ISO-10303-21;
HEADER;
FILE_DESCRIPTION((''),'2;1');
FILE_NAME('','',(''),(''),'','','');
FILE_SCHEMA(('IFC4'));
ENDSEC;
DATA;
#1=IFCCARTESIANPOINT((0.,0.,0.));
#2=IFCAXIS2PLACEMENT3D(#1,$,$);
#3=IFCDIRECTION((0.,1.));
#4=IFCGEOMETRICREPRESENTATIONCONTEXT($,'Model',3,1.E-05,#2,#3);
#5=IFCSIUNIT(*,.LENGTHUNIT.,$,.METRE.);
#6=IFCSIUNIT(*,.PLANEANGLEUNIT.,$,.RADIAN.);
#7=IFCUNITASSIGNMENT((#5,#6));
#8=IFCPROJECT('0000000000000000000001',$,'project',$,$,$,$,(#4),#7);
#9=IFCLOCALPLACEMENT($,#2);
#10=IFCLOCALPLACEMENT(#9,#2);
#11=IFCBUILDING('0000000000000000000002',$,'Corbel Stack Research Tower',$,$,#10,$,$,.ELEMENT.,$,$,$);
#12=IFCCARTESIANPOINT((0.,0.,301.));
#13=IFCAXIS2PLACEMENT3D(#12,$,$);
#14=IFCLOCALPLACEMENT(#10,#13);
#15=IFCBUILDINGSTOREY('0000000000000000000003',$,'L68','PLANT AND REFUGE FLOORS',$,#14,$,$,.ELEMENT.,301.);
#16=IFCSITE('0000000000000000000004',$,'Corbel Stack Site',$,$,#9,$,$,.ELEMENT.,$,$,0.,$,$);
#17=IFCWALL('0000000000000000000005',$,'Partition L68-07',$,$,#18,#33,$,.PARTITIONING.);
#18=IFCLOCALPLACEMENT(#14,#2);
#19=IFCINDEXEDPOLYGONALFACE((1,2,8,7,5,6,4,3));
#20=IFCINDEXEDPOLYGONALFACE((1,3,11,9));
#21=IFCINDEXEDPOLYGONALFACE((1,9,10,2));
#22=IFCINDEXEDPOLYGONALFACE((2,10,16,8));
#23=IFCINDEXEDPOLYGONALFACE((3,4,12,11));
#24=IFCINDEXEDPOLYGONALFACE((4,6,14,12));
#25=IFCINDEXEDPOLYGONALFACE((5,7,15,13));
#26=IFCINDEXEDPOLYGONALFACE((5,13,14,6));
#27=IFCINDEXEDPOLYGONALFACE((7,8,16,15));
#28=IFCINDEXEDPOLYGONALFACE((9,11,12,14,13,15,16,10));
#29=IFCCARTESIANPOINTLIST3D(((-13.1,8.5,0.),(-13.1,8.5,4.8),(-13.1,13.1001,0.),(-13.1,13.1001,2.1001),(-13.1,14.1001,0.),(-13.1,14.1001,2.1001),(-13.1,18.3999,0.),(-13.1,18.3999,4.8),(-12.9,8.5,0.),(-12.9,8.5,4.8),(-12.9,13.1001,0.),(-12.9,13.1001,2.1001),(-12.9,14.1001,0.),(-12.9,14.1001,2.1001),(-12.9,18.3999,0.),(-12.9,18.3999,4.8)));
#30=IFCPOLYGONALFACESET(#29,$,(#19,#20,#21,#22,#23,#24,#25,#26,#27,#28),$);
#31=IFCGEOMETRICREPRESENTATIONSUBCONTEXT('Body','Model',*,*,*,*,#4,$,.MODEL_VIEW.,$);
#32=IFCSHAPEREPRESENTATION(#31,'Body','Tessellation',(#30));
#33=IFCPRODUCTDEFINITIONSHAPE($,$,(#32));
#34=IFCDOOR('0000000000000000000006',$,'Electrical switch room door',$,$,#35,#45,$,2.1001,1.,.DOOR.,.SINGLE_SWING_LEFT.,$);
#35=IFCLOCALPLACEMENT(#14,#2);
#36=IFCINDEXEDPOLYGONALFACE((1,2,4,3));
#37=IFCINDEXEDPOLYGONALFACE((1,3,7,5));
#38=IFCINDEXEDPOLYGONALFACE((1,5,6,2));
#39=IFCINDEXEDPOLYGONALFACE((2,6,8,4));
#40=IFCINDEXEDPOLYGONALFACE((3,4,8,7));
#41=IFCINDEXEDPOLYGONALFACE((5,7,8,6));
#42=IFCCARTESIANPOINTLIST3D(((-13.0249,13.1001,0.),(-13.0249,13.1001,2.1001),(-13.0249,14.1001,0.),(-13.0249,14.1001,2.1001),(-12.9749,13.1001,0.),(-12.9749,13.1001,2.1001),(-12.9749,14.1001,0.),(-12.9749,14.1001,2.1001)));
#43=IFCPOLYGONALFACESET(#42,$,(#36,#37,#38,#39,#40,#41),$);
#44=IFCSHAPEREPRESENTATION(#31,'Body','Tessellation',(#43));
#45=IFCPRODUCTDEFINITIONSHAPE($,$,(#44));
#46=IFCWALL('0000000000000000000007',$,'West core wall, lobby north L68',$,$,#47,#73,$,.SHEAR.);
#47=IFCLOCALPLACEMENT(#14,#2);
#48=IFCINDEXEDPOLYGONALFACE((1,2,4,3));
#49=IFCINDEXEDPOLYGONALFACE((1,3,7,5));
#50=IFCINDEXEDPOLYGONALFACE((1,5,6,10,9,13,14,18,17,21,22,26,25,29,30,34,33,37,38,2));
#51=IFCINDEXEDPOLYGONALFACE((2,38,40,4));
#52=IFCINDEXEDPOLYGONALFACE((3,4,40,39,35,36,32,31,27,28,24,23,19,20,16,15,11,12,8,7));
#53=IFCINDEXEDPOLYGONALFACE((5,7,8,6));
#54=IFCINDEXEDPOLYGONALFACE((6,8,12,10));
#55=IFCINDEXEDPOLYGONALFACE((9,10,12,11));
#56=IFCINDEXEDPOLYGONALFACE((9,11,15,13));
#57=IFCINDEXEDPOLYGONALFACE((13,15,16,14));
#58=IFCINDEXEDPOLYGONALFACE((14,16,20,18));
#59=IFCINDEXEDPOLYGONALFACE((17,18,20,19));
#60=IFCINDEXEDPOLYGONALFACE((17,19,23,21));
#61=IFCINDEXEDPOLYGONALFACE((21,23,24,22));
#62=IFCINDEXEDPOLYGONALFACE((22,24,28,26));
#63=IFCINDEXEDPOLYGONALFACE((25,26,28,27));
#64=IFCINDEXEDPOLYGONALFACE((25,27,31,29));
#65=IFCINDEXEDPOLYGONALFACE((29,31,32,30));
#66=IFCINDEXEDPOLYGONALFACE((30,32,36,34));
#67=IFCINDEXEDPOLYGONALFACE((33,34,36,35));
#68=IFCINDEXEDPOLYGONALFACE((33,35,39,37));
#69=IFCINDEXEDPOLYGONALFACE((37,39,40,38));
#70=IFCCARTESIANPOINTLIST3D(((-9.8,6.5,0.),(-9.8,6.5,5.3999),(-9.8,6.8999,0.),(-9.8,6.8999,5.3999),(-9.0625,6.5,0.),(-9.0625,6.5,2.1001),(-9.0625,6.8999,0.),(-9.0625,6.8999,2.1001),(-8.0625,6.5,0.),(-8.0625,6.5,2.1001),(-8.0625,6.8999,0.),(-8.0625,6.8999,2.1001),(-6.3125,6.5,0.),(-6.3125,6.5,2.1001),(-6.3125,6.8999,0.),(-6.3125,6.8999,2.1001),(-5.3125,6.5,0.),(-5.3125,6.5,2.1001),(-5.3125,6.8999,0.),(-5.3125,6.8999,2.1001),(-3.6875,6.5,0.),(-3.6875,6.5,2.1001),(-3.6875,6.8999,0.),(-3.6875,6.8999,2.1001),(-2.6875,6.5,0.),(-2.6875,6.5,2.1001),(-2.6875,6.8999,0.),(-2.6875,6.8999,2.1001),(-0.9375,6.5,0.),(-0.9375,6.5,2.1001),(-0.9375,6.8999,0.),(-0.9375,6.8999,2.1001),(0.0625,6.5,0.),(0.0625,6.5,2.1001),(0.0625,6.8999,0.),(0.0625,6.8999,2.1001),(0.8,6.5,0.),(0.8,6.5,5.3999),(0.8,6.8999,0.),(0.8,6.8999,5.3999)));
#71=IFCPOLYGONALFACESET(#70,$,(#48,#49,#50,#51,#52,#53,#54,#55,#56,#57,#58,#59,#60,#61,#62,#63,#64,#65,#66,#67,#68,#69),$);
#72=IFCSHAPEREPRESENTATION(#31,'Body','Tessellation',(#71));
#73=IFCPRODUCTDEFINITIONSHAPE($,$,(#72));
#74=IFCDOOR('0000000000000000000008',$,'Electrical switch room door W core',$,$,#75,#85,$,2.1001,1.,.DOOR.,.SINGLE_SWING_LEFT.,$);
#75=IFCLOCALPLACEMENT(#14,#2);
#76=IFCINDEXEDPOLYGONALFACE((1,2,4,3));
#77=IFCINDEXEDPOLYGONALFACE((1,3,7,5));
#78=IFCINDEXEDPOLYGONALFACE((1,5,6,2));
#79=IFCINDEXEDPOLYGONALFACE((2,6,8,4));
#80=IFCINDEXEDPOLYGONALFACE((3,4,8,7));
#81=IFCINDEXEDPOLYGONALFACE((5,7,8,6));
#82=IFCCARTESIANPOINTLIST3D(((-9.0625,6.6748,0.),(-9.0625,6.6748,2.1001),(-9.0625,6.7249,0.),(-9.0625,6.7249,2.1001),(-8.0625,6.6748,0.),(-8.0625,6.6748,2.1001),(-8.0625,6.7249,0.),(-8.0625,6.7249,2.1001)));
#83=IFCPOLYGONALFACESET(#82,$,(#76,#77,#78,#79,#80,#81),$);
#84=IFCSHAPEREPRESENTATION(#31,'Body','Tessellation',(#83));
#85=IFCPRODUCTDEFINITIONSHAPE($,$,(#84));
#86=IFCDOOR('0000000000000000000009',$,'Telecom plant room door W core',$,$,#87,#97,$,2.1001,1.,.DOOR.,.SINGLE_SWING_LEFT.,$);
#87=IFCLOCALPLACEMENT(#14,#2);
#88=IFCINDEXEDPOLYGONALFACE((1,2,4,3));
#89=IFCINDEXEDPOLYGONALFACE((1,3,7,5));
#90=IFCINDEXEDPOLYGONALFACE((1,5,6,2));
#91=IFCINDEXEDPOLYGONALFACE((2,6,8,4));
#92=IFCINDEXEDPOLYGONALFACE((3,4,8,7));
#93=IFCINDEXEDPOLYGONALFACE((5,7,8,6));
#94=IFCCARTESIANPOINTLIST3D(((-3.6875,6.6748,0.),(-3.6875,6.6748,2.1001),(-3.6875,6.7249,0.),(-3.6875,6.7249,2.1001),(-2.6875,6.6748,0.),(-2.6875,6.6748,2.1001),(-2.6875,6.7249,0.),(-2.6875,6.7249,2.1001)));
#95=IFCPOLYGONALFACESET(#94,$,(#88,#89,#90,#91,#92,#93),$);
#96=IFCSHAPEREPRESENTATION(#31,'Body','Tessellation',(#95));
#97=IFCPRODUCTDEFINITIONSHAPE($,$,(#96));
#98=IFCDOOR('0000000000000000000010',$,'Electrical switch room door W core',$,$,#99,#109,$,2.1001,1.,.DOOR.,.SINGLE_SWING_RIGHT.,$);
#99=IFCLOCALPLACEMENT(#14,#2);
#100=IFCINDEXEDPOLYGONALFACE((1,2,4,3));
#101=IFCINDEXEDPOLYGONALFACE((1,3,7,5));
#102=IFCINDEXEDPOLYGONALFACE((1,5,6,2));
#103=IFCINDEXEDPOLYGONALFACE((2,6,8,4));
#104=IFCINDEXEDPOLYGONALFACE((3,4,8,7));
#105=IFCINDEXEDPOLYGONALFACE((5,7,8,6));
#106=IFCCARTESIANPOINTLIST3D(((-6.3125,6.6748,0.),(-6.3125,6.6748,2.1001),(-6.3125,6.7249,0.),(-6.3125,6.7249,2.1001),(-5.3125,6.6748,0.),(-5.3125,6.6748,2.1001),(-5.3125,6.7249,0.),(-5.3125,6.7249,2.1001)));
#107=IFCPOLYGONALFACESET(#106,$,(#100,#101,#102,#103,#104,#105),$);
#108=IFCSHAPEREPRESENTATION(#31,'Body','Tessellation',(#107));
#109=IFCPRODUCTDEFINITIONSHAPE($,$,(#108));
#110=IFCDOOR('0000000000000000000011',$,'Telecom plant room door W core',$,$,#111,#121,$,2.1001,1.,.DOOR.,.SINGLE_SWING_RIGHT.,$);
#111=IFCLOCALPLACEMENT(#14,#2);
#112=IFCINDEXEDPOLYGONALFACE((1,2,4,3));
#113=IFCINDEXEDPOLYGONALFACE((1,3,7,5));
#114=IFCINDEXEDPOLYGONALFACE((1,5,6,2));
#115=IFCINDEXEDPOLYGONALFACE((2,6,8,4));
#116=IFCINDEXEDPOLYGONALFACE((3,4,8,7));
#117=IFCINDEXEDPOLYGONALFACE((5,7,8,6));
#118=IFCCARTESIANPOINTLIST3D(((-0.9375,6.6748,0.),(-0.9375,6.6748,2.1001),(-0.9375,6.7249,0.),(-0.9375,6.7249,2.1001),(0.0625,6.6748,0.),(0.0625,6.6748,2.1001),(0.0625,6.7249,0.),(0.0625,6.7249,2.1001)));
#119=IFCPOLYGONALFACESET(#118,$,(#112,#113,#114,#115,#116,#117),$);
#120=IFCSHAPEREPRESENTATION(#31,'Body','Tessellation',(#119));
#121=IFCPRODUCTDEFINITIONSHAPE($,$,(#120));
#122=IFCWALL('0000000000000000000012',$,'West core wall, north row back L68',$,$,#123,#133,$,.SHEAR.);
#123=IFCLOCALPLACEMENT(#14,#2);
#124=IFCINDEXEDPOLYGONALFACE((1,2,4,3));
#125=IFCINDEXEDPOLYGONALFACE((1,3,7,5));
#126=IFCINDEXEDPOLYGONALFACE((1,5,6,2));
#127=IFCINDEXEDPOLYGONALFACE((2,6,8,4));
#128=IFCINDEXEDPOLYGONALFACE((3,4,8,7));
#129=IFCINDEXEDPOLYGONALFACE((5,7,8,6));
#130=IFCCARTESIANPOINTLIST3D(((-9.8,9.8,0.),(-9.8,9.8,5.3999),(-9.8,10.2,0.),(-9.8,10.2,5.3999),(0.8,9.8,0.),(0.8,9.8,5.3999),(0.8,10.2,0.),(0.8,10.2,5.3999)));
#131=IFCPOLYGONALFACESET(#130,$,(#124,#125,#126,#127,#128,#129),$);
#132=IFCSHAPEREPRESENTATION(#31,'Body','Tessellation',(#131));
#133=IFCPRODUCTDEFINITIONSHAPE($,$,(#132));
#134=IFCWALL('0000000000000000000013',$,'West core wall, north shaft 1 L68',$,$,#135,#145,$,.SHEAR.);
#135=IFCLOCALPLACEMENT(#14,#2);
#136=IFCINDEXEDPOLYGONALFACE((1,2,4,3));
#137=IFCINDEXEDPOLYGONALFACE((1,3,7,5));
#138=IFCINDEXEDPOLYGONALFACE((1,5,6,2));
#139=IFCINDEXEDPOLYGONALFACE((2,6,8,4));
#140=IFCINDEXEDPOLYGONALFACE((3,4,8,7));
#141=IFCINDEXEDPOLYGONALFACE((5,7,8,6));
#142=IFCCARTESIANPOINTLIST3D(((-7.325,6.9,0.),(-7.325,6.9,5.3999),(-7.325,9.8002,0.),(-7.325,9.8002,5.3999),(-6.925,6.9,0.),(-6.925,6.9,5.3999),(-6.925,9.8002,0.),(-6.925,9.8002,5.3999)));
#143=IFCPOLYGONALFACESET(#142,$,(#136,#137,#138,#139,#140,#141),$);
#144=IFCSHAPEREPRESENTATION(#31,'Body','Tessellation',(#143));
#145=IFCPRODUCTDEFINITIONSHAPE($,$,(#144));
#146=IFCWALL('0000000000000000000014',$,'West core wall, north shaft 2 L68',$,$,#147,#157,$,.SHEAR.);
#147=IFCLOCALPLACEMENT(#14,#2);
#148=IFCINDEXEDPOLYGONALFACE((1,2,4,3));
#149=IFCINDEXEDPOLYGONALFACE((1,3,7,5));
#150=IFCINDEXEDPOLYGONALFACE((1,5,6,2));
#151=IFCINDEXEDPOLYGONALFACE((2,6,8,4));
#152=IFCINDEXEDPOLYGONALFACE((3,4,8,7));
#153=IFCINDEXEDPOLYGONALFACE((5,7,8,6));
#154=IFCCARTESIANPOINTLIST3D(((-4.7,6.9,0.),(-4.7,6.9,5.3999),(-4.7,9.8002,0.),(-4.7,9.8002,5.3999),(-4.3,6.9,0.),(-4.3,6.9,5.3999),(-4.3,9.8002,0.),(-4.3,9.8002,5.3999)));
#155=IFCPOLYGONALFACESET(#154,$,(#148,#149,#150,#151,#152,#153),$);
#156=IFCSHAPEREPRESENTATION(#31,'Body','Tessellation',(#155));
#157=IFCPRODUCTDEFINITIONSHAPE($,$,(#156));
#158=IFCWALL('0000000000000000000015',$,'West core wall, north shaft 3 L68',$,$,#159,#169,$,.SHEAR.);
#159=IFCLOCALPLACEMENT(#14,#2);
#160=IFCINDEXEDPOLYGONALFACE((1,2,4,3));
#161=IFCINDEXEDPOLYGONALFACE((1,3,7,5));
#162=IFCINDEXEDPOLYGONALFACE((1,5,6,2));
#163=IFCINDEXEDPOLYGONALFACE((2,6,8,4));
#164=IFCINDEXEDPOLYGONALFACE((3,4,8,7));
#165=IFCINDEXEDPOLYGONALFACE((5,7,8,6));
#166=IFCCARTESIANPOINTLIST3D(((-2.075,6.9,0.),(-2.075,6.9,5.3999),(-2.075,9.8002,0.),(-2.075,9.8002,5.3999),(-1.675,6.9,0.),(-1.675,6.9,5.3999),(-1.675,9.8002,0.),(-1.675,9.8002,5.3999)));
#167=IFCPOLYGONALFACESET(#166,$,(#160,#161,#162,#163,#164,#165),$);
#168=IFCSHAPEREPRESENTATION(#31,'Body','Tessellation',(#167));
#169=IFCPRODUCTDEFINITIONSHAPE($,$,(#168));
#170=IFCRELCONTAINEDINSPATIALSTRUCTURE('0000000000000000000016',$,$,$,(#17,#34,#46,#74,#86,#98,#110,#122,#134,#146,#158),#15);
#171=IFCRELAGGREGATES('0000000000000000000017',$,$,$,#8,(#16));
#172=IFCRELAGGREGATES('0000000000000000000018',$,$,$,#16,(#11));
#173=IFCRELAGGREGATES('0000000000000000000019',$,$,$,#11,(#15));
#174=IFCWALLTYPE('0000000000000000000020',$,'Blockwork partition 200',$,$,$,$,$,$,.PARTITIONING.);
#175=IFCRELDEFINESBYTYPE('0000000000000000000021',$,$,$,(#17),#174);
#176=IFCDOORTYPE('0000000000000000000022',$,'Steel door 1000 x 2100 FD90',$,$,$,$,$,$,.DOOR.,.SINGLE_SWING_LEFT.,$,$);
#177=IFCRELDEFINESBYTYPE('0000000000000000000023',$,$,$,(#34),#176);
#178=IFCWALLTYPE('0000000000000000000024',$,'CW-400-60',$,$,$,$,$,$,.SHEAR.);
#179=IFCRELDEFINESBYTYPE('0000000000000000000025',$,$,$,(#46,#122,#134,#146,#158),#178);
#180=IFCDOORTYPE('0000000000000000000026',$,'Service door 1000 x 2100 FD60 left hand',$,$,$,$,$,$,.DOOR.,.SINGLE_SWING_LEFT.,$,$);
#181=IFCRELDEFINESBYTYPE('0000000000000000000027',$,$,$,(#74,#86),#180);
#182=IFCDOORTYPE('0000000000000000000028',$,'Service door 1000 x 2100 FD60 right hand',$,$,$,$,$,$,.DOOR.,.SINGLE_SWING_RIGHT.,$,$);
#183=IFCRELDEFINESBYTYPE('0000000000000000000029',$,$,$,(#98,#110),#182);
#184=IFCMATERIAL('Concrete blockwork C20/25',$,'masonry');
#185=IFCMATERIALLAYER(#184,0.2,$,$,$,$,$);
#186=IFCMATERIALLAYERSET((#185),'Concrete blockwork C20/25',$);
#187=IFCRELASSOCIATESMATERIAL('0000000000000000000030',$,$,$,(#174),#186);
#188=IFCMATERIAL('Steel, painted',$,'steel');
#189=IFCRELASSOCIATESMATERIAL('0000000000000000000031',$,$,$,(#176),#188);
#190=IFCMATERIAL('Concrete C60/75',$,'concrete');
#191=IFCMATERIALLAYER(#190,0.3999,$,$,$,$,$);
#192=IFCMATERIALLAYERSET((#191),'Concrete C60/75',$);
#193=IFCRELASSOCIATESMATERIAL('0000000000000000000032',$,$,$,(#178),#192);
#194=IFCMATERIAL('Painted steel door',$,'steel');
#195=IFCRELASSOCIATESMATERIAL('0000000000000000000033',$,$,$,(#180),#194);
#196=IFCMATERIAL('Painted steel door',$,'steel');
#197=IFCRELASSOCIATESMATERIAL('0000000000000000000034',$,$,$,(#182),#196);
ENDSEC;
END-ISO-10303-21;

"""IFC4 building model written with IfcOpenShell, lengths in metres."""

from ifc_helpers import new_model, si_unit, direction, frame, frame_2d, origin, place, context, subcontext, project, spatial, rectangle, extrude, material, layer, layer_set, type_object, element, fill, save


model = new_model("IFC4")

# Units and contexts
model_context = context("Model", 3, precision=1e-05, world=origin(), true_north=direction((0.0, 1.0)))
body_context = subcontext(model_context, "Body", "Model", "MODEL_VIEW")
ifc_project = project(units=[si_unit("LENGTHUNIT", "METRE"), si_unit("PLANEANGLEUNIT", "RADIAN")], contexts=[model_context])

# Site, building, storey
site_placement = place(None, origin())
site = spatial("IfcSite", under=ifc_project, at=site_placement, Name="Corbel Stack Site", CompositionType="ELEMENT", RefElevation=0.0)
building_placement = place(site_placement, origin())
building = spatial("IfcBuilding", under=site, at=building_placement, Name="Corbel Stack Research Tower", CompositionType="ELEMENT")
storey_placement = place(building_placement, frame((0.0, 0.0, 301.0)))
storey = spatial("IfcBuildingStorey", under=building, at=storey_placement, Name="L68", Description="PLANT AND REFUGE FLOORS", CompositionType="ELEMENT", Elevation=301.0)

# Wall, opening, door
ifc_material_1 = material(Name="Concrete blockwork C20/25", Category="masonry")
ifc_layer_1 = layer(ifc_material_1, 0.2)
ifc_layer_set_1 = layer_set([ifc_layer_1], Name="Concrete blockwork C20/25")
wall_type_1 = type_object("IfcWallType", Name="Blockwork partition 200", PredefinedType="PARTITIONING", material=ifc_layer_set_1)
wall_1_placement = place(storey_placement, frame((-13.0, 8.5, 0.0), z_axis=(0.0, 0.0, 1.0), x_axis=(0.0, 1.0, 0.0)))
wall_1 = element("IfcWall", 1, at=wall_1_placement, inside=storey, type_object=wall_type_1, Name="Partition L68-07", PredefinedType="PARTITIONING", context=body_context, shape_type="SweptSolid", body=[
    extrude(rectangle(XDim=9.8999, YDim=0.2, at=frame_2d((4.95, 0.0))), origin(), (0.0, 0.0, 1.0), 4.8),
])
opening_1_placement = place(wall_1_placement, frame((4.6001, 0.0, 0.0)))
opening_1 = element("IfcOpeningElement", 2, at=opening_1_placement, cuts=wall_1, PredefinedType="OPENING", context=body_context, shape_type="SweptSolid", body=[
    extrude(rectangle(XDim=1.0, YDim=2.1001, at=frame_2d((0.5, 1.05))), frame((0.0, 0.1099, 0.0), z_axis=(0.0, -1.0, 0.0), x_axis=(1.0, 0.0, 0.0)), (0.0, 0.0, 1.0), 0.22),
])
ifc_material_2 = material(Name="Steel, painted", Category="steel")
door_type_1 = type_object("IfcDoorType", Name="Steel door 1000 x 2100 FD90", OperationType="SINGLE_SWING_LEFT", PredefinedType="DOOR", material=ifc_material_2)
door_1_placement = place(opening_1_placement, origin())
door_1 = element("IfcDoor", 3, at=door_1_placement, inside=storey, type_object=door_type_1, Name="Electrical switch room door", OperationType="SINGLE_SWING_LEFT", OverallHeight=2.1001, OverallWidth=1.0, PredefinedType="DOOR", context=body_context, shape_type="SweptSolid", body=[
    extrude(rectangle(XDim=1.0, YDim=2.1001, at=frame_2d((0.5, 1.05))), frame((0.0, 0.0249, 0.0), z_axis=(0.0, -1.0, 0.0), x_axis=(1.0, 0.0, 0.0)), (0.0, 0.0, 1.0), 0.05),
])
fill(opening_1, door_1)

# Wall, openings, doors
ifc_material_3 = material(Name="Concrete C60/75", Category="concrete")
ifc_layer_2 = layer(ifc_material_3, 0.3999)
ifc_layer_set_2 = layer_set([ifc_layer_2], Name="Concrete C60/75")
wall_type_2 = type_object("IfcWallType", Name="CW-400-60", PredefinedType="SHEAR", material=ifc_layer_set_2)
wall_2_placement = place(storey_placement, frame((-9.8, 6.7, 0.0), z_axis=(0.0, 0.0, 1.0), x_axis=(1.0, 0.0, 0.0)))
wall_2 = element("IfcWall", 4, at=wall_2_placement, inside=storey, type_object=wall_type_2, Name="West core wall, lobby north L68", PredefinedType="SHEAR", context=body_context, shape_type="SweptSolid", body=[
    extrude(rectangle(XDim=10.6001, YDim=0.3999, at=frame_2d((5.3, 0.0))), origin(), (0.0, 0.0, 1.0), 5.3999),
])
opening_2_placement = place(wall_2_placement, frame((0.7375, 0.0, 0.0)))
opening_2 = element("IfcOpeningElement", 5, at=opening_2_placement, cuts=wall_2, PredefinedType="OPENING", context=body_context, shape_type="SweptSolid", body=[
    extrude(rectangle(XDim=1.0, YDim=2.1001, at=frame_2d((0.5, 1.05))), frame((0.0, 0.21, 0.0), z_axis=(0.0, -1.0, 0.0), x_axis=(1.0, 0.0, 0.0)), (0.0, 0.0, 1.0), 0.4199),
])
opening_3_placement = place(wall_2_placement, frame((3.4875, 0.0, 0.0)))
opening_3 = element("IfcOpeningElement", 6, at=opening_3_placement, cuts=wall_2, PredefinedType="OPENING", context=body_context, shape_type="SweptSolid", body=[
    extrude(rectangle(XDim=1.0, YDim=2.1001, at=frame_2d((0.5, 1.05))), frame((0.0, 0.21, 0.0), z_axis=(0.0, -1.0, 0.0), x_axis=(1.0, 0.0, 0.0)), (0.0, 0.0, 1.0), 0.4199),
])
opening_4_placement = place(wall_2_placement, frame((6.1125, 0.0, 0.0)))
opening_4 = element("IfcOpeningElement", 7, at=opening_4_placement, cuts=wall_2, PredefinedType="OPENING", context=body_context, shape_type="SweptSolid", body=[
    extrude(rectangle(XDim=1.0, YDim=2.1001, at=frame_2d((0.5, 1.05))), frame((0.0, 0.21, 0.0), z_axis=(0.0, -1.0, 0.0), x_axis=(1.0, 0.0, 0.0)), (0.0, 0.0, 1.0), 0.4199),
])
opening_5_placement = place(wall_2_placement, frame((8.8625, 0.0, 0.0)))
opening_5 = element("IfcOpeningElement", 8, at=opening_5_placement, cuts=wall_2, PredefinedType="OPENING", context=body_context, shape_type="SweptSolid", body=[
    extrude(rectangle(XDim=1.0, YDim=2.1001, at=frame_2d((0.5, 1.05))), frame((0.0, 0.21, 0.0), z_axis=(0.0, -1.0, 0.0), x_axis=(1.0, 0.0, 0.0)), (0.0, 0.0, 1.0), 0.4199),
])
ifc_material_4 = material(Name="Painted steel door", Category="steel")
door_type_2 = type_object("IfcDoorType", Name="Service door 1000 x 2100 FD60 left hand", OperationType="SINGLE_SWING_LEFT", PredefinedType="DOOR", material=ifc_material_4)
door_2_placement = place(opening_2_placement, origin())
door_2 = element("IfcDoor", 9, at=door_2_placement, inside=storey, type_object=door_type_2, Name="Electrical switch room door W core", OperationType="SINGLE_SWING_LEFT", OverallHeight=2.1001, OverallWidth=1.0, PredefinedType="DOOR", context=body_context, shape_type="SweptSolid", body=[
    extrude(rectangle(XDim=1.0, YDim=2.1001, at=frame_2d((0.5, 1.05))), frame((0.0, 0.0249, 0.0), z_axis=(0.0, -1.0, 0.0), x_axis=(1.0, 0.0, 0.0)), (0.0, 0.0, 1.0), 0.05),
])
fill(opening_2, door_2)
door_3_placement = place(opening_4_placement, origin())
door_3 = element("IfcDoor", 10, at=door_3_placement, inside=storey, type_object=door_type_2, Name="Telecom plant room door W core", OperationType="SINGLE_SWING_LEFT", OverallHeight=2.1001, OverallWidth=1.0, PredefinedType="DOOR", context=body_context, shape_type="SweptSolid", body=[
    extrude(rectangle(XDim=1.0, YDim=2.1001, at=frame_2d((0.5, 1.05))), frame((0.0, 0.0249, 0.0), z_axis=(0.0, -1.0, 0.0), x_axis=(1.0, 0.0, 0.0)), (0.0, 0.0, 1.0), 0.05),
])
fill(opening_4, door_3)
ifc_material_5 = material(Name="Painted steel door", Category="steel")
door_type_3 = type_object("IfcDoorType", Name="Service door 1000 x 2100 FD60 right hand", OperationType="SINGLE_SWING_RIGHT", PredefinedType="DOOR", material=ifc_material_5)
door_4_placement = place(opening_3_placement, origin())
door_4 = element("IfcDoor", 11, at=door_4_placement, inside=storey, type_object=door_type_3, Name="Electrical switch room door W core", OperationType="SINGLE_SWING_RIGHT", OverallHeight=2.1001, OverallWidth=1.0, PredefinedType="DOOR", context=body_context, shape_type="SweptSolid", body=[
    extrude(rectangle(XDim=1.0, YDim=2.1001, at=frame_2d((0.5, 1.05))), frame((0.0, 0.0249, 0.0), z_axis=(0.0, -1.0, 0.0), x_axis=(1.0, 0.0, 0.0)), (0.0, 0.0, 1.0), 0.05),
])
fill(opening_3, door_4)
door_5_placement = place(opening_5_placement, origin())
door_5 = element("IfcDoor", 12, at=door_5_placement, inside=storey, type_object=door_type_3, Name="Telecom plant room door W core", OperationType="SINGLE_SWING_RIGHT", OverallHeight=2.1001, OverallWidth=1.0, PredefinedType="DOOR", context=body_context, shape_type="SweptSolid", body=[
    extrude(rectangle(XDim=1.0, YDim=2.1001, at=frame_2d((0.5, 1.05))), frame((0.0, 0.0249, 0.0), z_axis=(0.0, -1.0, 0.0), x_axis=(1.0, 0.0, 0.0)), (0.0, 0.0, 1.0), 0.05),
])
fill(opening_5, door_5)

# Walls
wall_3_placement = place(storey_placement, frame((-9.8, 10.0, 0.0), z_axis=(0.0, 0.0, 1.0), x_axis=(1.0, 0.0, 0.0)))
element("IfcWall", 13, at=wall_3_placement, inside=storey, type_object=wall_type_2, Name="West core wall, north row back L68", PredefinedType="SHEAR", context=body_context, shape_type="SweptSolid", body=[
    extrude(rectangle(XDim=10.6001, YDim=0.3999, at=frame_2d((5.3, 0.0))), origin(), (0.0, 0.0, 1.0), 5.3999),
])
for number, where, z_axis, x_axis, name in (
    (14, (-7.125, 6.8999, 0.0), (0.0, 0.0, 1.0), (0.0, 1.0, 0.0), "West core wall, north shaft 1 L68"),
    (15, (-4.5, 6.8999, 0.0), (0.0, 0.0, 1.0), (0.0, 1.0, 0.0), "West core wall, north shaft 2 L68"),
    (16, (-1.875, 6.8999, 0.0), (0.0, 0.0, 1.0), (0.0, 1.0, 0.0), "West core wall, north shaft 3 L68"),
):
    element("IfcWall", number, at=place(storey_placement, frame(where, z_axis=z_axis, x_axis=x_axis)), inside=storey, type_object=wall_type_2, Name=name, PredefinedType="SHEAR", context=body_context, shape_type="SweptSolid", body=[
        extrude(rectangle(XDim=2.9001, YDim=0.3999, at=frame_2d((1.4502, 0.0))), origin(), (0.0, 0.0, 1.0), 5.3999),
    ])

save(model, "model.ifc")
